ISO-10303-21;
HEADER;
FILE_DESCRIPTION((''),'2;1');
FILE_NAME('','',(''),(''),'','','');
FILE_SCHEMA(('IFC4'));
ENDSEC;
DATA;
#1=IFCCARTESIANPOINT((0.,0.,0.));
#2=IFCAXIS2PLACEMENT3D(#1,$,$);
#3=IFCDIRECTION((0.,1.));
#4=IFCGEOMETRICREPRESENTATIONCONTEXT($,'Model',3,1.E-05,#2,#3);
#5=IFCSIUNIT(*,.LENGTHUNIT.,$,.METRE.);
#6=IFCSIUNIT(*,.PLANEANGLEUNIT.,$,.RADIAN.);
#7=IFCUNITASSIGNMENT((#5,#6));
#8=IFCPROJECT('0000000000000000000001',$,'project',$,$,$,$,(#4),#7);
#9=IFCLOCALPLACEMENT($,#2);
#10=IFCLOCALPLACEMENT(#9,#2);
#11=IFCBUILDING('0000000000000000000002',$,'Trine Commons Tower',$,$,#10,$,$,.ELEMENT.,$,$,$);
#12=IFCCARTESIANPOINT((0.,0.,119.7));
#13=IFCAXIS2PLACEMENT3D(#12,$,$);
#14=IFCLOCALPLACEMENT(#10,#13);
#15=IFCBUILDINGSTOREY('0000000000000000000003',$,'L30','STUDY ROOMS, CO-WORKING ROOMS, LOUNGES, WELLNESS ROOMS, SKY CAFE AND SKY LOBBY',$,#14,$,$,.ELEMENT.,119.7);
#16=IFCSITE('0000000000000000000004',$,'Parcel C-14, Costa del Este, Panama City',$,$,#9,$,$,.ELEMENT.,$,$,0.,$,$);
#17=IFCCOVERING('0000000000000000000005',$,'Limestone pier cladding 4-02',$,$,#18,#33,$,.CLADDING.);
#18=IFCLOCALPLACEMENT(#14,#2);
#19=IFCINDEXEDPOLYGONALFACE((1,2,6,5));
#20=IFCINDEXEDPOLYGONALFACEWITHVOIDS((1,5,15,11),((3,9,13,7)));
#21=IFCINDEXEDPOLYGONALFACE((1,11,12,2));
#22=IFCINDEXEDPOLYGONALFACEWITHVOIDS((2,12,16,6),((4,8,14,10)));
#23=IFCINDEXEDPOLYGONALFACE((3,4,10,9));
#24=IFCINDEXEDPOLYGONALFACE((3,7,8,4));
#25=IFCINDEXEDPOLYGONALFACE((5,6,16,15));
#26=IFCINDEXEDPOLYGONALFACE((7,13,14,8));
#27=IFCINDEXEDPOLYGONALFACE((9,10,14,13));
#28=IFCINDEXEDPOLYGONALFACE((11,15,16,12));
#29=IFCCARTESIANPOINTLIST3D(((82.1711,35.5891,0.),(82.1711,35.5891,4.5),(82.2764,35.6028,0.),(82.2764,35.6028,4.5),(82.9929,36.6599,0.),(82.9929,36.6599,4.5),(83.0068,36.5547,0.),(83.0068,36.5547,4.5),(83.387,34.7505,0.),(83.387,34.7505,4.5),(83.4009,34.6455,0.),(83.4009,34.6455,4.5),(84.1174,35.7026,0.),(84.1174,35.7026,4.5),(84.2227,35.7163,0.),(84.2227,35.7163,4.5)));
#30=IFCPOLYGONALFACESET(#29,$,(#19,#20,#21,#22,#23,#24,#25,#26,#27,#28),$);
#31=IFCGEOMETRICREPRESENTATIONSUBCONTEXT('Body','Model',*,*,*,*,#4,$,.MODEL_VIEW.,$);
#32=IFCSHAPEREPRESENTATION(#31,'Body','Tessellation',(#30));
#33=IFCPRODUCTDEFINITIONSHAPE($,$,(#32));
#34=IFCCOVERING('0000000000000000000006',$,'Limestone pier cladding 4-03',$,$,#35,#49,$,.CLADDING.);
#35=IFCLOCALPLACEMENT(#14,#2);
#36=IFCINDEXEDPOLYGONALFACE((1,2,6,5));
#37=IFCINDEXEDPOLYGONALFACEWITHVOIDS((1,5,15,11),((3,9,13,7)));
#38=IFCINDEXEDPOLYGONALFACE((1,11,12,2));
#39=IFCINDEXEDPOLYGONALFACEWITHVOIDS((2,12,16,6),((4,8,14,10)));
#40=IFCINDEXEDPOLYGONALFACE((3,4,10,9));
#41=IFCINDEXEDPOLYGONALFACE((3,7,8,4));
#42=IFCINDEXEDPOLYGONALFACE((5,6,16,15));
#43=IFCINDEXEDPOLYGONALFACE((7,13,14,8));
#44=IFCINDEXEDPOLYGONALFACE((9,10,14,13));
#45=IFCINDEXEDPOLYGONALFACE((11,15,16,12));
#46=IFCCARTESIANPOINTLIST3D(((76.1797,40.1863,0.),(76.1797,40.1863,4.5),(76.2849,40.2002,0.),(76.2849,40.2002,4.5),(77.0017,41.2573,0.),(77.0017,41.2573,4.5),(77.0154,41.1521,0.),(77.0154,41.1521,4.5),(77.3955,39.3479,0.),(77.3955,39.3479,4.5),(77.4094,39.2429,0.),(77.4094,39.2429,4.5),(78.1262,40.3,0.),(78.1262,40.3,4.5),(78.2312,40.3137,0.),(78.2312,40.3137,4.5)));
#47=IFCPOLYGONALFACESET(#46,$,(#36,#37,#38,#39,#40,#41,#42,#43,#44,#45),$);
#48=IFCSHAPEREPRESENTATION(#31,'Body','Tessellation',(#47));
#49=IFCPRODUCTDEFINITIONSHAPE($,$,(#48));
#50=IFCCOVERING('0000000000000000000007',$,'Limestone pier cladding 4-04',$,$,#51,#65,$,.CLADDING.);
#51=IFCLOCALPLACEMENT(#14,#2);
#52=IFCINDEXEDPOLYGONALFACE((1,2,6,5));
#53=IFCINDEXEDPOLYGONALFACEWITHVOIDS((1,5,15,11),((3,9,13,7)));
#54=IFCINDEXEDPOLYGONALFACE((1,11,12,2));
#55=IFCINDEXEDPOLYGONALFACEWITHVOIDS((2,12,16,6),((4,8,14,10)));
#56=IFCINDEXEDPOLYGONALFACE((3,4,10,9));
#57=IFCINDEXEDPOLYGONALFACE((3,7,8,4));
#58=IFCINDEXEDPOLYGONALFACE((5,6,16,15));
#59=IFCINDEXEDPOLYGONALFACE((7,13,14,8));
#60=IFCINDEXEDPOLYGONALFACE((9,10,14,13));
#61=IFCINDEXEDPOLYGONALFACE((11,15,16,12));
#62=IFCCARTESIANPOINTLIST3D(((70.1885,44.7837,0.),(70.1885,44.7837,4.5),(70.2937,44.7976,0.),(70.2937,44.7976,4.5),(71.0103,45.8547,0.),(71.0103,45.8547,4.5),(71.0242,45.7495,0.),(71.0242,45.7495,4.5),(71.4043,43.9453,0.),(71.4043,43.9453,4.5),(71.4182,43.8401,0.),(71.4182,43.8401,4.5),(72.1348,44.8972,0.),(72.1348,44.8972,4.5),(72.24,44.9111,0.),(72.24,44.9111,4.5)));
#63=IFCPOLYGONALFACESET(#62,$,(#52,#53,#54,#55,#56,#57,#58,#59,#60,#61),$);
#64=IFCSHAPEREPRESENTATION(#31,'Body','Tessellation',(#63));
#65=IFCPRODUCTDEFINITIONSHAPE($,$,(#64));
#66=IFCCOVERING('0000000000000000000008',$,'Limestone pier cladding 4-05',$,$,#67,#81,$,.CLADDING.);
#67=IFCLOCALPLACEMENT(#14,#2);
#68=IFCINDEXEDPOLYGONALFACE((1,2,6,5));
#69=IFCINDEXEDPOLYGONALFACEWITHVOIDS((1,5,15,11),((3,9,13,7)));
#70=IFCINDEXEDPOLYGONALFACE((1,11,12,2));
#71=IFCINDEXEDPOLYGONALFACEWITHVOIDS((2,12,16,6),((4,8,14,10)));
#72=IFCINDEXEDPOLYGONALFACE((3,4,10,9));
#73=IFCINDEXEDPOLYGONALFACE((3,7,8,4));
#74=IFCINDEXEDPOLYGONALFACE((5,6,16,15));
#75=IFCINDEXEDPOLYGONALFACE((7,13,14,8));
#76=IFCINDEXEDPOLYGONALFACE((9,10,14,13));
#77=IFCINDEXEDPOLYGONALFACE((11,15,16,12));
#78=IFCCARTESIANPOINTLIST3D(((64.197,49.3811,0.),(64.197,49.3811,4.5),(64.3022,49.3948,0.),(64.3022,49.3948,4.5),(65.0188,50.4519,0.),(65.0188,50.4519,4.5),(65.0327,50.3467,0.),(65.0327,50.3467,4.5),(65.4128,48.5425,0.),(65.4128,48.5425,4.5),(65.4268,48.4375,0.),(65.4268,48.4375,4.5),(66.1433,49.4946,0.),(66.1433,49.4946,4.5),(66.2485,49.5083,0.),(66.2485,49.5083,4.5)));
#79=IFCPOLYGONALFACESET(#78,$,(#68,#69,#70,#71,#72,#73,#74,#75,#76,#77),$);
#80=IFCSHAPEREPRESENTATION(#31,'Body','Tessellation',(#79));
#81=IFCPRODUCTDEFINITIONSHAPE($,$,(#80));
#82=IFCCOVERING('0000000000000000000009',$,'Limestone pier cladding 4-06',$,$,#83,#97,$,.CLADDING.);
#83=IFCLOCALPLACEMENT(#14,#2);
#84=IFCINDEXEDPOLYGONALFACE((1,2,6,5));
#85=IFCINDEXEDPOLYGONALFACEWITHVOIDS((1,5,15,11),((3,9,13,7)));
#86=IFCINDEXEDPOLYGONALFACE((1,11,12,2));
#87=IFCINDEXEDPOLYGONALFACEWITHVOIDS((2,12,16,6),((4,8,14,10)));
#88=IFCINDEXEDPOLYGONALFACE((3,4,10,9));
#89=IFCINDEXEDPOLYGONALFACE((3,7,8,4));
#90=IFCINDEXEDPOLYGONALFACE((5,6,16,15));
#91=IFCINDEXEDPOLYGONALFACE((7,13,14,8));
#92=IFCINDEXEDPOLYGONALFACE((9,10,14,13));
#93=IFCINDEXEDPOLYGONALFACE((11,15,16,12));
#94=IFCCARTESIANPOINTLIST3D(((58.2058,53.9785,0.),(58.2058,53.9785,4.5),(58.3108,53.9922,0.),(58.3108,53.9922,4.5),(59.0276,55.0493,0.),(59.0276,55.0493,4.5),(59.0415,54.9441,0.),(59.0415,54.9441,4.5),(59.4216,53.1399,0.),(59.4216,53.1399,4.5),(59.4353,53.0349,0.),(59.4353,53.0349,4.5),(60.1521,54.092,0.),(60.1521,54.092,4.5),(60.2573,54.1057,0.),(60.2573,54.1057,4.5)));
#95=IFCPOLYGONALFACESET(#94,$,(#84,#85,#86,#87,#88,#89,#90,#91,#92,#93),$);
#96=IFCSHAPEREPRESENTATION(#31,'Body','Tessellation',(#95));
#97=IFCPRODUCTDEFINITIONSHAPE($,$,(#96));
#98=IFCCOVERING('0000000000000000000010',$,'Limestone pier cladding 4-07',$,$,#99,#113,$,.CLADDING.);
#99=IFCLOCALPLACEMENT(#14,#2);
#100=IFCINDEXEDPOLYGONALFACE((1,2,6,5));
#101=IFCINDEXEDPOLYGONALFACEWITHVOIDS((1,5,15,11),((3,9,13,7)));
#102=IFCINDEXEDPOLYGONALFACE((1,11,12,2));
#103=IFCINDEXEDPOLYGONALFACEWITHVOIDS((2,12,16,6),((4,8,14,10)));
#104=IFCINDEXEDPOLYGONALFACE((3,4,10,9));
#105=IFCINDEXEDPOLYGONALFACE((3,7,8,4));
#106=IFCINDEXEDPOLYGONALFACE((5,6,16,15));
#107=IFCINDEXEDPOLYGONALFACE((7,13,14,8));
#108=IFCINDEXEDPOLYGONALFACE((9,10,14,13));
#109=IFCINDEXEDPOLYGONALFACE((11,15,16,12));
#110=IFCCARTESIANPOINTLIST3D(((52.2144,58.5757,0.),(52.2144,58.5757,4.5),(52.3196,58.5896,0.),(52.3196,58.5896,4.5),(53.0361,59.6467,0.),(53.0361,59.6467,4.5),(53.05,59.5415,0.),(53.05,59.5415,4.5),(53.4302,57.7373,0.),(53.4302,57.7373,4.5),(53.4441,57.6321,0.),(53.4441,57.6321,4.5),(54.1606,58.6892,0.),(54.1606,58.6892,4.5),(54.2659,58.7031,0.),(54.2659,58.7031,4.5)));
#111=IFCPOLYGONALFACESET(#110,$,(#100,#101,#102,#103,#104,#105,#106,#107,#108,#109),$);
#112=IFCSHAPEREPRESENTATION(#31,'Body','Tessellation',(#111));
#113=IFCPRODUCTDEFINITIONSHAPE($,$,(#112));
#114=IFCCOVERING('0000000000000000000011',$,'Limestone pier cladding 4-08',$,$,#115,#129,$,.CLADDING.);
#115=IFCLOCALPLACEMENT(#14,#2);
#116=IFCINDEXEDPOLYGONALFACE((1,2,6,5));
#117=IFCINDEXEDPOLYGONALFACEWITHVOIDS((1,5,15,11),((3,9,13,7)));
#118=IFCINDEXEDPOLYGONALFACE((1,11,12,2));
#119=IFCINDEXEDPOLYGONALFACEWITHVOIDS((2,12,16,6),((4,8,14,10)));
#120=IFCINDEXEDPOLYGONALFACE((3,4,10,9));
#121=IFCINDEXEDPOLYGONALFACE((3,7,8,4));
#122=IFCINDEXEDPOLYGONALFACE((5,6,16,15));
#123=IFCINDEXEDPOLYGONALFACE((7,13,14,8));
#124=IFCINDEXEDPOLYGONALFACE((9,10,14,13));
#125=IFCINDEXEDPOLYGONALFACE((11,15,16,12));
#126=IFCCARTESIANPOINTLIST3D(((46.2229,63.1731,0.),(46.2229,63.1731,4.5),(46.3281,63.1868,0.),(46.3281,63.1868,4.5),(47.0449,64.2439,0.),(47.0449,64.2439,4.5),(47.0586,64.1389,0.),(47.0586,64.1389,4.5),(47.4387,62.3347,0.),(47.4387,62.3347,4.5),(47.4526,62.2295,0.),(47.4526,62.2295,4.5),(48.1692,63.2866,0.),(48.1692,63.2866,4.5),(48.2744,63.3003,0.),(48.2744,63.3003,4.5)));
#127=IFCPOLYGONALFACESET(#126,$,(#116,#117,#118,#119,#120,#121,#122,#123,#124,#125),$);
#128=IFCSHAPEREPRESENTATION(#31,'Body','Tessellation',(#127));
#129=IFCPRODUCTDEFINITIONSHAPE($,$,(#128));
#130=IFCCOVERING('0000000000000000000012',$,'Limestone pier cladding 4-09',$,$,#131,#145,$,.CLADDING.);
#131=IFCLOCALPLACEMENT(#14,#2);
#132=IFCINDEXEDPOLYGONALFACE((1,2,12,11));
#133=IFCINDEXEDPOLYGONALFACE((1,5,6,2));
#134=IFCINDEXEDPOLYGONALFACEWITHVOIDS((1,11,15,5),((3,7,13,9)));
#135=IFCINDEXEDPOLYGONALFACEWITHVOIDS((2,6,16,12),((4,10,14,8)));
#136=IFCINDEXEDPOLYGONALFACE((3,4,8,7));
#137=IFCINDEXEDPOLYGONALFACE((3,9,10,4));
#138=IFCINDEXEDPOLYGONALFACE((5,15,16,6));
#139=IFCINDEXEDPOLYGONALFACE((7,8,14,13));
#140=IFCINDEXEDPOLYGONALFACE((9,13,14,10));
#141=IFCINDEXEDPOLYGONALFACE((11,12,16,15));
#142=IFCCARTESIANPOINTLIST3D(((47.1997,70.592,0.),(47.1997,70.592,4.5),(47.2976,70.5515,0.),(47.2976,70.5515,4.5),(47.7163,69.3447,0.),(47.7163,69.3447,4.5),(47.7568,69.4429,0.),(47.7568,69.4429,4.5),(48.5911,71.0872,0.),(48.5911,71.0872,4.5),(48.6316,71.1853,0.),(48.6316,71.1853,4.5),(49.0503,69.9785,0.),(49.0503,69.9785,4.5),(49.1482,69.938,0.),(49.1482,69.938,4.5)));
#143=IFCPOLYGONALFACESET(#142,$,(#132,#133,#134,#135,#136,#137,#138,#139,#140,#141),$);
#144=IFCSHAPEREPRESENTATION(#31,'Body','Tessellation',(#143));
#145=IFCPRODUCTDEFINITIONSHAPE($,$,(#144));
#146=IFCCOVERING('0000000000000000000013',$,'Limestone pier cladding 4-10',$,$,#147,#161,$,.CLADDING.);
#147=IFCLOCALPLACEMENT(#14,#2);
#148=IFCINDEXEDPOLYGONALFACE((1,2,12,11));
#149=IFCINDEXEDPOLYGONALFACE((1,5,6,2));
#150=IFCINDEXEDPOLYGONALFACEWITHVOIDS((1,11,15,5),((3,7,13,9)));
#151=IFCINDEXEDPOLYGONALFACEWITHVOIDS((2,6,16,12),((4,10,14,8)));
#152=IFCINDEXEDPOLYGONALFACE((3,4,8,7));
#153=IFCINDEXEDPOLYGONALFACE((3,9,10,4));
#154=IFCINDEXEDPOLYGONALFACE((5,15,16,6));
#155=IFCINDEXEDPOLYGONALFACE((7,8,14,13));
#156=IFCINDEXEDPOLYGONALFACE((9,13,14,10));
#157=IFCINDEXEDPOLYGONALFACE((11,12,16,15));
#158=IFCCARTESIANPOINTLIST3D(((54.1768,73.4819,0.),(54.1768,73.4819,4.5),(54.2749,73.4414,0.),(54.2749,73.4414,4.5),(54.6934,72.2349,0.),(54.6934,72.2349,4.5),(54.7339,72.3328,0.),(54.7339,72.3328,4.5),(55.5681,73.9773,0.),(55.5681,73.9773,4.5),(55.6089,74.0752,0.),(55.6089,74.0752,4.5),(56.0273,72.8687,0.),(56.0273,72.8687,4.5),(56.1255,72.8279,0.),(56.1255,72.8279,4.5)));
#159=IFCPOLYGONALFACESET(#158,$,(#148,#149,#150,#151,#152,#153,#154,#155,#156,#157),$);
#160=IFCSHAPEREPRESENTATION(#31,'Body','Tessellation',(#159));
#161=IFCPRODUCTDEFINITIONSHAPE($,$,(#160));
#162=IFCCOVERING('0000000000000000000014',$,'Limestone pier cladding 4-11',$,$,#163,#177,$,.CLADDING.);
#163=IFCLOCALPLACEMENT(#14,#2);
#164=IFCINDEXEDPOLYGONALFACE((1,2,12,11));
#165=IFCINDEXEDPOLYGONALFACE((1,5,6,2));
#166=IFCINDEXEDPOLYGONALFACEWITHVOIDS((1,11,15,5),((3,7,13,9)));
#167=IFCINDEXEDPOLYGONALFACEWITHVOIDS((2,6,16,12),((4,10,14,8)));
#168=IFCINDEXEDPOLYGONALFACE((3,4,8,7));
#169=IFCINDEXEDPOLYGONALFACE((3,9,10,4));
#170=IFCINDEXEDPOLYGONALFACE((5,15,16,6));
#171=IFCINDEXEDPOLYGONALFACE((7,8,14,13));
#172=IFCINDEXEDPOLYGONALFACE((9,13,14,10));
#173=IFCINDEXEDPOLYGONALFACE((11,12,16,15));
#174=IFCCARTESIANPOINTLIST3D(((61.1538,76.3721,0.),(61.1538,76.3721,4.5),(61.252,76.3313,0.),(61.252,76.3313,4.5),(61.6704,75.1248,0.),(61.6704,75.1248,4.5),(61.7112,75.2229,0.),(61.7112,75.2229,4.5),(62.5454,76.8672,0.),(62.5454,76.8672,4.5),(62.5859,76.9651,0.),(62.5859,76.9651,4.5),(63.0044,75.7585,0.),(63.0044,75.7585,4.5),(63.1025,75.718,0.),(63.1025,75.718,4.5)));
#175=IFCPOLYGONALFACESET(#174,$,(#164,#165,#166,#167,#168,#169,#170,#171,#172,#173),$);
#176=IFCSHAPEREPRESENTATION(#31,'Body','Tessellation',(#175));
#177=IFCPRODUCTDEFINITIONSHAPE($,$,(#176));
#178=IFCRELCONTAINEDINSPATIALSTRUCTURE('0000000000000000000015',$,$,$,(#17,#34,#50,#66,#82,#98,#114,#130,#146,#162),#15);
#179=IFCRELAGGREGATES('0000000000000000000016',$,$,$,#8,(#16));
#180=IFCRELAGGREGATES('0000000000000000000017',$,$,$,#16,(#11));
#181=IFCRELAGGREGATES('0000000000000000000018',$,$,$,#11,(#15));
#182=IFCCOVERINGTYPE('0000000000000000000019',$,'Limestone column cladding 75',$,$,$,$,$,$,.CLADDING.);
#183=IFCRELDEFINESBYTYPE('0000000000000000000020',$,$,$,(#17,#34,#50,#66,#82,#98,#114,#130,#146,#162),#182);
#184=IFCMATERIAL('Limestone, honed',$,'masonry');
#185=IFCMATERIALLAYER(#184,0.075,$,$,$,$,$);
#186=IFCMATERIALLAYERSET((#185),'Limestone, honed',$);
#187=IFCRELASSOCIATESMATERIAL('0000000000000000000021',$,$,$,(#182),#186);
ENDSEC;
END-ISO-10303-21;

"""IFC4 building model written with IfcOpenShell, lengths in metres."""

from ifc_helpers import new_model, si_unit, direction, frame, origin, place, context, subcontext, project, spatial, polyline, outline, extrude, material, layer, layer_set, type_object, element, save


model = new_model("IFC4")

# Units and contexts
model_context = context("Model", 3, precision=1e-05, world=origin(), true_north=direction((0.0, 1.0)))
body_context = subcontext(model_context, "Body", "Model", "MODEL_VIEW")
ifc_project = project(units=[si_unit("LENGTHUNIT", "METRE"), si_unit("PLANEANGLEUNIT", "RADIAN")], contexts=[model_context])

# Site, building, storey
site_placement = place(None, origin())
site = spatial("IfcSite", under=ifc_project, at=site_placement, Name="Parcel C-14, Costa del Este, Panama City", CompositionType="ELEMENT", RefElevation=0.0)
building_placement = place(site_placement, origin())
building = spatial("IfcBuilding", under=site, at=building_placement, Name="Trine Commons Tower", CompositionType="ELEMENT")
storey_placement = place(building_placement, frame((0.0, 0.0, 119.7)))
storey = spatial("IfcBuildingStorey", under=building, at=storey_placement, Name="L30", Description="STUDY ROOMS, CO-WORKING ROOMS, LOUNGES, WELLNESS ROOMS, SKY CAFE AND SKY LOBBY", CompositionType="ELEMENT", Elevation=119.7)

# Coverings
ifc_material_1 = material(Name="Limestone, honed", Category="masonry")
ifc_layer_1 = layer(ifc_material_1, 0.075)
ifc_layer_set_1 = layer_set([ifc_layer_1], Name="Limestone, honed")
covering_type_1 = type_object("IfcCoveringType", Name="Limestone column cladding 75", PredefinedType="CLADDING", material=ifc_layer_set_1)
covering_1_placement = place(storey_placement, origin())
element("IfcCovering", 1, at=covering_1_placement, inside=storey, type_object=covering_type_1, Name="Limestone pier cladding 4-02", PredefinedType="CLADDING", context=body_context, shape_type="SweptSolid", body=[
    extrude(outline(polyline([(82.9929, 36.6599), (82.1711, 35.5891), (83.4009, 34.6455), (84.2227, 35.7163), (82.9929, 36.6599)]), holes=[polyline([(83.0068, 36.5547), (82.2764, 35.6028), (83.387, 34.7505), (84.1174, 35.7026), (83.0068, 36.5547)])]), origin(), (0.0, 0.0, 1.0), 4.5),
])
covering_2_placement = place(storey_placement, origin())
element("IfcCovering", 2, at=covering_2_placement, inside=storey, type_object=covering_type_1, Name="Limestone pier cladding 4-03", PredefinedType="CLADDING", context=body_context, shape_type="SweptSolid", body=[
    extrude(outline(polyline([(77.0017, 41.2573), (76.1797, 40.1863), (77.4094, 39.2429), (78.2312, 40.3137), (77.0017, 41.2573)]), holes=[polyline([(77.0154, 41.1521), (76.2849, 40.2002), (77.3955, 39.3479), (78.1262, 40.3), (77.0154, 41.1521)])]), origin(), (0.0, 0.0, 1.0), 4.5),
])
covering_3_placement = place(storey_placement, origin())
element("IfcCovering", 3, at=covering_3_placement, inside=storey, type_object=covering_type_1, Name="Limestone pier cladding 4-04", PredefinedType="CLADDING", context=body_context, shape_type="SweptSolid", body=[
    extrude(outline(polyline([(71.0103, 45.8547), (70.1885, 44.7837), (71.4182, 43.8401), (72.24, 44.9111), (71.0103, 45.8547)]), holes=[polyline([(71.0242, 45.7495), (70.2937, 44.7976), (71.4043, 43.9453), (72.1348, 44.8972), (71.0242, 45.7495)])]), origin(), (0.0, 0.0, 1.0), 4.5),
])
covering_4_placement = place(storey_placement, origin())
element("IfcCovering", 4, at=covering_4_placement, inside=storey, type_object=covering_type_1, Name="Limestone pier cladding 4-05", PredefinedType="CLADDING", context=body_context, shape_type="SweptSolid", body=[
    extrude(outline(polyline([(65.0188, 50.4519), (64.197, 49.3811), (65.4268, 48.4375), (66.2485, 49.5083), (65.0188, 50.4519)]), holes=[polyline([(65.0327, 50.3467), (64.3022, 49.3948), (65.4128, 48.5425), (66.1433, 49.4946), (65.0327, 50.3467)])]), origin(), (0.0, 0.0, 1.0), 4.5),
])
covering_5_placement = place(storey_placement, origin())
element("IfcCovering", 5, at=covering_5_placement, inside=storey, type_object=covering_type_1, Name="Limestone pier cladding 4-06", PredefinedType="CLADDING", context=body_context, shape_type="SweptSolid", body=[
    extrude(outline(polyline([(59.0276, 55.0493), (58.2058, 53.9785), (59.4353, 53.0349), (60.2573, 54.1057), (59.0276, 55.0493)]), holes=[polyline([(59.0415, 54.9441), (58.3108, 53.9922), (59.4216, 53.1399), (60.1521, 54.092), (59.0415, 54.9441)])]), origin(), (0.0, 0.0, 1.0), 4.5),
])
covering_6_placement = place(storey_placement, origin())
element("IfcCovering", 6, at=covering_6_placement, inside=storey, type_object=covering_type_1, Name="Limestone pier cladding 4-07", PredefinedType="CLADDING", context=body_context, shape_type="SweptSolid", body=[
    extrude(outline(polyline([(53.0361, 59.6467), (52.2144, 58.5757), (53.4441, 57.6321), (54.2659, 58.7031), (53.0361, 59.6467)]), holes=[polyline([(53.05, 59.5415), (52.3196, 58.5896), (53.4302, 57.7373), (54.1606, 58.6892), (53.05, 59.5415)])]), origin(), (0.0, 0.0, 1.0), 4.5),
])
covering_7_placement = place(storey_placement, origin())
element("IfcCovering", 7, at=covering_7_placement, inside=storey, type_object=covering_type_1, Name="Limestone pier cladding 4-08", PredefinedType="CLADDING", context=body_context, shape_type="SweptSolid", body=[
    extrude(outline(polyline([(47.0449, 64.2439), (46.2229, 63.1731), (47.4526, 62.2295), (48.2744, 63.3003), (47.0449, 64.2439)]), holes=[polyline([(47.0586, 64.1389), (46.3281, 63.1868), (47.4387, 62.3347), (48.1692, 63.2866), (47.0586, 64.1389)])]), origin(), (0.0, 0.0, 1.0), 4.5),
])
covering_8_placement = place(storey_placement, origin())
element("IfcCovering", 8, at=covering_8_placement, inside=storey, type_object=covering_type_1, Name="Limestone pier cladding 4-09", PredefinedType="CLADDING", context=body_context, shape_type="SweptSolid", body=[
    extrude(outline(polyline([(49.1482, 69.938), (48.6316, 71.1853), (47.1997, 70.592), (47.7163, 69.3447), (49.1482, 69.938)]), holes=[polyline([(49.0503, 69.9785), (48.5911, 71.0872), (47.2976, 70.5515), (47.7568, 69.4429), (49.0503, 69.9785)])]), origin(), (0.0, 0.0, 1.0), 4.5),
])
covering_9_placement = place(storey_placement, origin())
element("IfcCovering", 9, at=covering_9_placement, inside=storey, type_object=covering_type_1, Name="Limestone pier cladding 4-10", PredefinedType="CLADDING", context=body_context, shape_type="SweptSolid", body=[
    extrude(outline(polyline([(56.1255, 72.8279), (55.6089, 74.0752), (54.1768, 73.4819), (54.6934, 72.2349), (56.1255, 72.8279)]), holes=[polyline([(56.0273, 72.8687), (55.5681, 73.9773), (54.2749, 73.4414), (54.7339, 72.3328), (56.0273, 72.8687)])]), origin(), (0.0, 0.0, 1.0), 4.5),
])
covering_10_placement = place(storey_placement, origin())
element("IfcCovering", 10, at=covering_10_placement, inside=storey, type_object=covering_type_1, Name="Limestone pier cladding 4-11", PredefinedType="CLADDING", context=body_context, shape_type="SweptSolid", body=[
    extrude(outline(polyline([(63.1025, 75.718), (62.5859, 76.9651), (61.1538, 76.3721), (61.6704, 75.1248), (63.1025, 75.718)]), holes=[polyline([(63.0044, 75.7585), (62.5454, 76.8672), (61.252, 76.3313), (61.7112, 75.2229), (63.0044, 75.7585)])]), origin(), (0.0, 0.0, 1.0), 4.5),
])

save(model, "model.ifc")
